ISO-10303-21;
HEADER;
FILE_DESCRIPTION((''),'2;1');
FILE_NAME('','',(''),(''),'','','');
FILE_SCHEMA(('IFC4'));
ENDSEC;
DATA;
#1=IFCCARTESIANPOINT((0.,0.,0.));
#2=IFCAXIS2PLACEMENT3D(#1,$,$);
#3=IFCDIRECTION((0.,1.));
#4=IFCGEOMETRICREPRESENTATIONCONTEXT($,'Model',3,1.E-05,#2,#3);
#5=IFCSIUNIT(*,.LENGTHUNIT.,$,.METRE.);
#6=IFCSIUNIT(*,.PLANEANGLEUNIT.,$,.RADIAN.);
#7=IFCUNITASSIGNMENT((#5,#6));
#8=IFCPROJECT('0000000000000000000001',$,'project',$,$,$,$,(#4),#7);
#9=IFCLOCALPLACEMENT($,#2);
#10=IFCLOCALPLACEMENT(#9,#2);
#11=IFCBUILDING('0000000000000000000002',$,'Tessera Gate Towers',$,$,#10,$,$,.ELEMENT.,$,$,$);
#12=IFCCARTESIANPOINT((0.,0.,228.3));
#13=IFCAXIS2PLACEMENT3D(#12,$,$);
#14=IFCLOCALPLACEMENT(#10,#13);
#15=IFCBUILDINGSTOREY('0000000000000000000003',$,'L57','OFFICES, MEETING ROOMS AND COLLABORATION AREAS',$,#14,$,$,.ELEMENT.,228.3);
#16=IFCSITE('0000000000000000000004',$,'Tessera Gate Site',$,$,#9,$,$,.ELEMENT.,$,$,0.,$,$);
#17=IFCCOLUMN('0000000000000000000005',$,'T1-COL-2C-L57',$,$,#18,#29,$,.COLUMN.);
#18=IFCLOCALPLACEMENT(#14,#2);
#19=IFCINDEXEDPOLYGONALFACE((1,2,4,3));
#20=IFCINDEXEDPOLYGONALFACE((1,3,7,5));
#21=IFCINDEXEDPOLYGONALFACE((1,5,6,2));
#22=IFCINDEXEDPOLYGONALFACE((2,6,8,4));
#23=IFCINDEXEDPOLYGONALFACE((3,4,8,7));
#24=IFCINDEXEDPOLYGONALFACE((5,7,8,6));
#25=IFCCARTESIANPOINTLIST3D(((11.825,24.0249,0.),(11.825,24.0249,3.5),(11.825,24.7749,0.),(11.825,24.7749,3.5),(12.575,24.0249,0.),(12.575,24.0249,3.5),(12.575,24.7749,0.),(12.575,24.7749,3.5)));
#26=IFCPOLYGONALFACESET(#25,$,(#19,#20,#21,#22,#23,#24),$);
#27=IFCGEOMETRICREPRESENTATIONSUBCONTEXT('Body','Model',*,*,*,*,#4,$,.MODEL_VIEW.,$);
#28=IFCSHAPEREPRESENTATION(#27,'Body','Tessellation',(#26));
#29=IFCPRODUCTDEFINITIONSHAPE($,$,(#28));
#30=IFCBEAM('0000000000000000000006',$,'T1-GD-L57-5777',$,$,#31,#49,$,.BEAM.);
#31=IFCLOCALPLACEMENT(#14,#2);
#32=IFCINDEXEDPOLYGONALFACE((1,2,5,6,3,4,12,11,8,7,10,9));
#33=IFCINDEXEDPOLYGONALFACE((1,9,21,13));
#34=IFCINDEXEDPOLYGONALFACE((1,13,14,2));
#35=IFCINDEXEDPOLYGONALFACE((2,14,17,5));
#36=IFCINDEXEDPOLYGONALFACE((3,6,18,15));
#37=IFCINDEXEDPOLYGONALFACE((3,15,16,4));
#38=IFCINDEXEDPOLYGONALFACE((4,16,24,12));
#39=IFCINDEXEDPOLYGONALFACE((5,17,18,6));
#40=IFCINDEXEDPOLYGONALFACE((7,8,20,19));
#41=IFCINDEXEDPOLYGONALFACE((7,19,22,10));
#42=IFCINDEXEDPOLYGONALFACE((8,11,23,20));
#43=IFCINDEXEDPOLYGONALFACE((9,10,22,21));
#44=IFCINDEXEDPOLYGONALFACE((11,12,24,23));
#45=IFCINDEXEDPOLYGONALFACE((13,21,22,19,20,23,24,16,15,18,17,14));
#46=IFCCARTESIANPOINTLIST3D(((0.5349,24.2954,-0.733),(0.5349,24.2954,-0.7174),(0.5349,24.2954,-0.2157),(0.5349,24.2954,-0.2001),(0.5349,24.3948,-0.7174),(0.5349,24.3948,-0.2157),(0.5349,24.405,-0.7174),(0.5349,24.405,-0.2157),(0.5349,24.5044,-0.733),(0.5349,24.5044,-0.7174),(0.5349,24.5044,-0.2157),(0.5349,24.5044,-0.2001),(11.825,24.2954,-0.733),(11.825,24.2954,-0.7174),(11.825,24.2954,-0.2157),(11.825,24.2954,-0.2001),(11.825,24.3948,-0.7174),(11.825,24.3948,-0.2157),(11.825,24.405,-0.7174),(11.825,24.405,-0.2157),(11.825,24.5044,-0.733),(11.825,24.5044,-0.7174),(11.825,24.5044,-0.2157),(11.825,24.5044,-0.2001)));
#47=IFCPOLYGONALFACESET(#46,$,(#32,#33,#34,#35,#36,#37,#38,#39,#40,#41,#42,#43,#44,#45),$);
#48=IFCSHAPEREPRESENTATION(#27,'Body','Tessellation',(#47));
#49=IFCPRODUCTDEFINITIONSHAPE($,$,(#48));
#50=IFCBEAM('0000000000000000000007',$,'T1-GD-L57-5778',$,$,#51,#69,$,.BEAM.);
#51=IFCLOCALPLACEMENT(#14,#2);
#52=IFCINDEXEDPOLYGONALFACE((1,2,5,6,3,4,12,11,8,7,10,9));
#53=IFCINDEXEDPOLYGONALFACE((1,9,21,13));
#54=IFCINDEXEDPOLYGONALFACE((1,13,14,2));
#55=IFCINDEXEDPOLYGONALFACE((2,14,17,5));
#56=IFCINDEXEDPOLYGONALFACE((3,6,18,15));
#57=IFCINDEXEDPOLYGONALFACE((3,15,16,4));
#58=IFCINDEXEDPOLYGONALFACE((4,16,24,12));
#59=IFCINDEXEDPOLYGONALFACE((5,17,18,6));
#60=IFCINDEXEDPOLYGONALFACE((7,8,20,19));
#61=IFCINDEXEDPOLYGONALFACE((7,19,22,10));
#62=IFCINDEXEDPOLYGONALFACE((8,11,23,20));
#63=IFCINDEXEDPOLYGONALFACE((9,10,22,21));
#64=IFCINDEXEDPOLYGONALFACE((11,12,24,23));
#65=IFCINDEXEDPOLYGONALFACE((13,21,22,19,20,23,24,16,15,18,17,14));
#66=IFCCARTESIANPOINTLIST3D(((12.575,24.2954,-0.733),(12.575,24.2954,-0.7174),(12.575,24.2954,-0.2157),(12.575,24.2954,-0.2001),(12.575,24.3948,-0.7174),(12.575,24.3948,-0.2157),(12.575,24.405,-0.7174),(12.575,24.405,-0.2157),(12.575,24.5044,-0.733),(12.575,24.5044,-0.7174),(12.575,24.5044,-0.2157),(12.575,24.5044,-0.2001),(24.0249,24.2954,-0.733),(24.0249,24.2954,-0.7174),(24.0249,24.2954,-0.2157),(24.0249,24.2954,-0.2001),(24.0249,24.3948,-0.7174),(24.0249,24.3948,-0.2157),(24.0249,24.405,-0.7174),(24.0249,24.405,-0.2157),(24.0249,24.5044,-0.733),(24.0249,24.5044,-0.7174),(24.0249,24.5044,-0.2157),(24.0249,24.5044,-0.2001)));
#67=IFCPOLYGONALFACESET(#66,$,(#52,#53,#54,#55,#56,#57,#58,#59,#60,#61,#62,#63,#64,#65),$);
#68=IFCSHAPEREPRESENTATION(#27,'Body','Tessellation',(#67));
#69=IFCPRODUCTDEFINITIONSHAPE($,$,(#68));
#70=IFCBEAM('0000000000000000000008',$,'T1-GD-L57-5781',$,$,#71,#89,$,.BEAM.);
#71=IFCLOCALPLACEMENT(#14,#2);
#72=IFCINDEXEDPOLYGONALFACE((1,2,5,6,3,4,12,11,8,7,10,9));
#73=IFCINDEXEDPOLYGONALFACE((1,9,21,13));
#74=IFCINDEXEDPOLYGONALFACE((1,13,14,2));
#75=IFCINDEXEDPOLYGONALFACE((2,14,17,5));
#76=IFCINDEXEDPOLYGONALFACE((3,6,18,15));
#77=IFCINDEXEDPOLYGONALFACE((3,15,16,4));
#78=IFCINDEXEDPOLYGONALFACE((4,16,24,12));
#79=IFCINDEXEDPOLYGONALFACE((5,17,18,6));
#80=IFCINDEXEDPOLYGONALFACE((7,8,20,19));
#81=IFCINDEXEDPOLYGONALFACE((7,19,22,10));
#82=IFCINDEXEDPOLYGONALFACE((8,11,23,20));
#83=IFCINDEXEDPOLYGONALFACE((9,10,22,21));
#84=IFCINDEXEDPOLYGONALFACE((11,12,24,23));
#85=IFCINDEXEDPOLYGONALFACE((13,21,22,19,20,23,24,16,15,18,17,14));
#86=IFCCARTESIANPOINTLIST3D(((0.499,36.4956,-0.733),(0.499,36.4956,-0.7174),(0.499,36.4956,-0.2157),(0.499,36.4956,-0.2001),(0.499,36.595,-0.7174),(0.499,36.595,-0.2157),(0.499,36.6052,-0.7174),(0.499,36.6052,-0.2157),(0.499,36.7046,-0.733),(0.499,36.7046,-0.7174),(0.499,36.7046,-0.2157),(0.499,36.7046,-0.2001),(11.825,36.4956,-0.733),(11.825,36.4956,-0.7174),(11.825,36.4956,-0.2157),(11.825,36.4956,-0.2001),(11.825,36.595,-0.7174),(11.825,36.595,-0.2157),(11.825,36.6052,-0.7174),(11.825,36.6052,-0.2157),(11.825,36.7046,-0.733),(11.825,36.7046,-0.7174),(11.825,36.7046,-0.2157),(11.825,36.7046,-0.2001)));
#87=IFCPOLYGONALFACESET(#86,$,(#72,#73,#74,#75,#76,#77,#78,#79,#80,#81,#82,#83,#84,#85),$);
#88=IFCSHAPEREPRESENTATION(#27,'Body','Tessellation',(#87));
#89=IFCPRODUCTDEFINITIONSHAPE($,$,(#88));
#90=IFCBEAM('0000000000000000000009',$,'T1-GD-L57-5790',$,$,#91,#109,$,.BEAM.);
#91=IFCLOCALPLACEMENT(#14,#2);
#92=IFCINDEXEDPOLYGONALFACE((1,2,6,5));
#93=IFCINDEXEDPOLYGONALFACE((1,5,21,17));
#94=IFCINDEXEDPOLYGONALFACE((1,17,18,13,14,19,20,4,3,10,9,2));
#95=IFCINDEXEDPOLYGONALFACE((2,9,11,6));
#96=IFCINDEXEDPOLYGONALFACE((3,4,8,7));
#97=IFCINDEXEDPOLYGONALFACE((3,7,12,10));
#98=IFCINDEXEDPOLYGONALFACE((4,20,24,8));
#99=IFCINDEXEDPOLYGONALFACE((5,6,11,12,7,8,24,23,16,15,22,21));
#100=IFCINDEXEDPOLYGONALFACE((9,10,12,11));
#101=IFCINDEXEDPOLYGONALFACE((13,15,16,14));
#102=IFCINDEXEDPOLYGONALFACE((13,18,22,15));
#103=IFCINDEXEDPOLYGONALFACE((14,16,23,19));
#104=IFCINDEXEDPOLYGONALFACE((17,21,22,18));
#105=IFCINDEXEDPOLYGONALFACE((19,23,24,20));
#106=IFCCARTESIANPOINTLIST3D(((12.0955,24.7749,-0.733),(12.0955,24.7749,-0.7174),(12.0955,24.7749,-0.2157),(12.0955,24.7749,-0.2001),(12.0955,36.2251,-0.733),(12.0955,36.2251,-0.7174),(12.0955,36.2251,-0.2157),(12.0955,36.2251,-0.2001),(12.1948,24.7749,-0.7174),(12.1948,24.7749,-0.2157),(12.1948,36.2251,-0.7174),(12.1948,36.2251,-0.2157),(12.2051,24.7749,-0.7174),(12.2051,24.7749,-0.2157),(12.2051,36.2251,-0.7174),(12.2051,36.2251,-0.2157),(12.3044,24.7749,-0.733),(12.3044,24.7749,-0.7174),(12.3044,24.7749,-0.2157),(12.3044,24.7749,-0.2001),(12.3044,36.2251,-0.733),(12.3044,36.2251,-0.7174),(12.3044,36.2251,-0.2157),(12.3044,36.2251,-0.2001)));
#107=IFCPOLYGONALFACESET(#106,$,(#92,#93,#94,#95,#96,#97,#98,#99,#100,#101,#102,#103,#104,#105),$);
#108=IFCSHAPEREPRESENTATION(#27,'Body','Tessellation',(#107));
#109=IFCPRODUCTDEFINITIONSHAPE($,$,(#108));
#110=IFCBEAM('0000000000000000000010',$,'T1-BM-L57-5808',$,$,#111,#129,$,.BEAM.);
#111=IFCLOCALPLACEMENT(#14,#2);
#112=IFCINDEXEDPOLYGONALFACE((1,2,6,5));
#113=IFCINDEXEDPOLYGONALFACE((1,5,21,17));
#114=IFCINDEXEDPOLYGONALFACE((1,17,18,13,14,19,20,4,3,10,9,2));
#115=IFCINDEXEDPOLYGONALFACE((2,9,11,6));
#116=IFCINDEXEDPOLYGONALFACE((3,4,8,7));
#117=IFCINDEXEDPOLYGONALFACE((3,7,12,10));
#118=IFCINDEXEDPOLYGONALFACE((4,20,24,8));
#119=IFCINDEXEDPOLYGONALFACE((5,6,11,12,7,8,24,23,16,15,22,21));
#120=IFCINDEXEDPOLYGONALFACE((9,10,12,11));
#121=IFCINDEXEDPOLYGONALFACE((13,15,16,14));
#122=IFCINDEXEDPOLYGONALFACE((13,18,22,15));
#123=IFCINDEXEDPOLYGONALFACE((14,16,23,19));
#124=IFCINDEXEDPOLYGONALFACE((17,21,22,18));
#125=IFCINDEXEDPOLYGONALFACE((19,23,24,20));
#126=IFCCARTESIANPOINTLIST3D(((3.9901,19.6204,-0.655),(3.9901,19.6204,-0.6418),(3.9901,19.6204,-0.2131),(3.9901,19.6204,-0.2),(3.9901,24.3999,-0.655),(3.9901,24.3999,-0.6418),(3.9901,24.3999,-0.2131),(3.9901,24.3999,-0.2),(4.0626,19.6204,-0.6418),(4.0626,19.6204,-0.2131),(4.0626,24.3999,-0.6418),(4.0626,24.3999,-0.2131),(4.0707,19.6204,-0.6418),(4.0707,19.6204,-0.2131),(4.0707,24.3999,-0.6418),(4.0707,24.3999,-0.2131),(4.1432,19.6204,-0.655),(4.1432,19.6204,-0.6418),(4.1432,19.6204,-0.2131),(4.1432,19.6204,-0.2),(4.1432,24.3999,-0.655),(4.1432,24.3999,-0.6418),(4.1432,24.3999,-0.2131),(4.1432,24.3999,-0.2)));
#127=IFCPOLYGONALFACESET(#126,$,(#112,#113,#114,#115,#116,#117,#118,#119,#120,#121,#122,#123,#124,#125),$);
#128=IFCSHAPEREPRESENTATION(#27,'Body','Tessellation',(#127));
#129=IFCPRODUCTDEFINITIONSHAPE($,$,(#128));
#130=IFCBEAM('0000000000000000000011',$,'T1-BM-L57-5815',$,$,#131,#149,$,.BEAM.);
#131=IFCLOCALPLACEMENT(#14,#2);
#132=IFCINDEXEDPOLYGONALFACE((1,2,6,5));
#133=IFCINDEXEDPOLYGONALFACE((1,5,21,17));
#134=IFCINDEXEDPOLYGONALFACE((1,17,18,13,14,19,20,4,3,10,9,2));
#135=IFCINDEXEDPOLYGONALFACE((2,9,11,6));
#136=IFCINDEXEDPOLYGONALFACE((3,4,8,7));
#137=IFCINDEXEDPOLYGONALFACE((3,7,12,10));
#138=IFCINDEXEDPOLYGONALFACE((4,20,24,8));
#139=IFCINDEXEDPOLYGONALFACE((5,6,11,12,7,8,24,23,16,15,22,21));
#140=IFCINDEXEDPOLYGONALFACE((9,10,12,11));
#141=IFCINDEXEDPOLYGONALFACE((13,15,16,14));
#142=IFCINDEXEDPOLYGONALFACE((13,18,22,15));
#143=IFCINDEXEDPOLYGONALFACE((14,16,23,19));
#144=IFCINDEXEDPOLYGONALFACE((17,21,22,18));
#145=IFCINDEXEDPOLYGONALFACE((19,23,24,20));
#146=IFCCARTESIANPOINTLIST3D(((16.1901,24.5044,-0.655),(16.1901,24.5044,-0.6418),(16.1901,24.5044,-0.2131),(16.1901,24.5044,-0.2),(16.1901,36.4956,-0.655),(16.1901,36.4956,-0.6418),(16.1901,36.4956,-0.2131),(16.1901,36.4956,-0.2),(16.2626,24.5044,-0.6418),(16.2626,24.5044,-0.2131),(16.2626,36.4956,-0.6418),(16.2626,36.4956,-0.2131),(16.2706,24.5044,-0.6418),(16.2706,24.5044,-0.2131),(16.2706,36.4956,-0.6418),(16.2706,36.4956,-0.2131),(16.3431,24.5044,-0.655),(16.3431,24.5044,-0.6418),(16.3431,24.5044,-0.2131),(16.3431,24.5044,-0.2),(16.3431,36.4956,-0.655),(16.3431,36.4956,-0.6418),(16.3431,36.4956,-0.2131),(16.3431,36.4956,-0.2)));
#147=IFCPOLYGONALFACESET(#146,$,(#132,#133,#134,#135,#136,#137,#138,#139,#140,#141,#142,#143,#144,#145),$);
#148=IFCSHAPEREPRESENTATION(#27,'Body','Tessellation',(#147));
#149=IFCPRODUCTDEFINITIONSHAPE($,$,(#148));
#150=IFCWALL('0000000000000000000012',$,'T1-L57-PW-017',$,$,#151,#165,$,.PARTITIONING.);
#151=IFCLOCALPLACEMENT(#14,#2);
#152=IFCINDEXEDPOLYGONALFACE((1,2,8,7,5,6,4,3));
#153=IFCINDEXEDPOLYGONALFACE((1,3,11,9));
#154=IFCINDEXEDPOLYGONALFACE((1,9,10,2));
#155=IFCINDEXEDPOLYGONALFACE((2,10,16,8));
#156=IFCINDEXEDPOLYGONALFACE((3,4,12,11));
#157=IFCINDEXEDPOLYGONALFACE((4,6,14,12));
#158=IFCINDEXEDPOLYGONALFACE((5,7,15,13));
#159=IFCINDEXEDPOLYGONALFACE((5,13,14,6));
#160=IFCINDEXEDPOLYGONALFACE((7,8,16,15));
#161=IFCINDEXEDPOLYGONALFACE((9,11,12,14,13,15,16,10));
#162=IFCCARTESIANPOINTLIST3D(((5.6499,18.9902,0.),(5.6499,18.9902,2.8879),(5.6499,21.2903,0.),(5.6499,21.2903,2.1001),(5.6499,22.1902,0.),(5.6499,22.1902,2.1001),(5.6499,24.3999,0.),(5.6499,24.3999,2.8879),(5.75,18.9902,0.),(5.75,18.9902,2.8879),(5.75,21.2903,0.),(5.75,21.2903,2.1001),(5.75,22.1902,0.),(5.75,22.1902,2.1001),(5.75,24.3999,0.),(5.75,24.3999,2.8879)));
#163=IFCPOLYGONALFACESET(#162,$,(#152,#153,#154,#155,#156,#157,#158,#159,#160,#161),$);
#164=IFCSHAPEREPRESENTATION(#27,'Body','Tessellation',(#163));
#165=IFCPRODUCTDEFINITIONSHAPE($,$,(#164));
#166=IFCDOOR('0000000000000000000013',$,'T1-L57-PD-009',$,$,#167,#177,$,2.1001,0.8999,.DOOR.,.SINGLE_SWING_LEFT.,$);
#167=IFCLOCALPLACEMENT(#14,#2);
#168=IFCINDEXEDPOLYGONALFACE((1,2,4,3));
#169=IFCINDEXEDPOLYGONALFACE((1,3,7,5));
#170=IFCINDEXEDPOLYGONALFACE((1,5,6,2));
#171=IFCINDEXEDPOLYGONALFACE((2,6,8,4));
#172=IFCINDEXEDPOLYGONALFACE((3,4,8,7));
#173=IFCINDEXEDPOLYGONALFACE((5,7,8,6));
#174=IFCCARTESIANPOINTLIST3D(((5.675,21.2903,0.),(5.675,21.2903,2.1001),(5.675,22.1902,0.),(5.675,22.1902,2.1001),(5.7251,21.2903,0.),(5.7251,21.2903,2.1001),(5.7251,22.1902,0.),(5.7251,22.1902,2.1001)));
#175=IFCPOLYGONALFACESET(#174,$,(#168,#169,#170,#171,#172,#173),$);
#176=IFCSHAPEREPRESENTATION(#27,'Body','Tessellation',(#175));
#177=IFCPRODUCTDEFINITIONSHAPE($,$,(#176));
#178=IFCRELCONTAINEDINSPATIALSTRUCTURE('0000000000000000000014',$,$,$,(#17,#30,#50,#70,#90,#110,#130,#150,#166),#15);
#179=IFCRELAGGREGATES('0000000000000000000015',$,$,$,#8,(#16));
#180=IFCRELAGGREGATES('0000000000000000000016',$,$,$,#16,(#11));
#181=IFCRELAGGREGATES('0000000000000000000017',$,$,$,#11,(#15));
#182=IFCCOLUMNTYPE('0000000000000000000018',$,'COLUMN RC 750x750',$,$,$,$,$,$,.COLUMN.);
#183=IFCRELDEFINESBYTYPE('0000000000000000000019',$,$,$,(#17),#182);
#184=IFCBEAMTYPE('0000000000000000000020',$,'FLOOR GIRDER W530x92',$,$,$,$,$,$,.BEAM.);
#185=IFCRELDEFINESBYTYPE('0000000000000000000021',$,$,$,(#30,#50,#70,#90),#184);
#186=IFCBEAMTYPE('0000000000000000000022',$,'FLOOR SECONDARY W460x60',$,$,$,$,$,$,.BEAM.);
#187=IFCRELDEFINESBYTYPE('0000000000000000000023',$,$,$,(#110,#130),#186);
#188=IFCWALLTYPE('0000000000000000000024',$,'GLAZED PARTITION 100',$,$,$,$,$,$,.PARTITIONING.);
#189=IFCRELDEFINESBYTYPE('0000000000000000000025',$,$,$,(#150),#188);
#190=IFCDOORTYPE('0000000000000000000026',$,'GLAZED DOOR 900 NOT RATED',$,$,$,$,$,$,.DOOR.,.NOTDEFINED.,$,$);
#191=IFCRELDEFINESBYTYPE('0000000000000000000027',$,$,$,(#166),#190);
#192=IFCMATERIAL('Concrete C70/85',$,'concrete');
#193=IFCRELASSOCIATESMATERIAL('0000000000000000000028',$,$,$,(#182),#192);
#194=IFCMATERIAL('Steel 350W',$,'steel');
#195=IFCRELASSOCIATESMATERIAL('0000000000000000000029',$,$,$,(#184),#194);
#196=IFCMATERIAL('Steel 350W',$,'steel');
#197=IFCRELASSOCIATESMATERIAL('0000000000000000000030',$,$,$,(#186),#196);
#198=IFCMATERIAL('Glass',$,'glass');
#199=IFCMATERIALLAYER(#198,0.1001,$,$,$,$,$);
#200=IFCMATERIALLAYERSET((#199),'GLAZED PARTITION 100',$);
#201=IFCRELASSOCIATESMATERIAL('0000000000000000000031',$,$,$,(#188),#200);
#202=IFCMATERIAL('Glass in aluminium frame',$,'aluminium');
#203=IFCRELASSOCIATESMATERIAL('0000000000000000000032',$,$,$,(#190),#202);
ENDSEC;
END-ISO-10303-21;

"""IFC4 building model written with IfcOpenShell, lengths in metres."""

from ifc_helpers import new_model, si_unit, direction, frame, frame_2d, origin, origin_2d, place, context, subcontext, project, spatial, rectangle, i_section, extrude, source, transform, mapped, material, layer, layer_set, material_profile, profile_set, type_object, element, fill, save


model = new_model("IFC4")

# Units and contexts
model_context = context("Model", 3, precision=1e-05, world=origin(), true_north=direction((0.0, 1.0)))
body_context = subcontext(model_context, "Body", "Model", "MODEL_VIEW")
ifc_project = project(units=[si_unit("LENGTHUNIT", "METRE"), si_unit("PLANEANGLEUNIT", "RADIAN")], contexts=[model_context])

# Site, building, storey
site_placement = place(None, origin())
site = spatial("IfcSite", under=ifc_project, at=site_placement, Name="Tessera Gate Site", CompositionType="ELEMENT", RefElevation=0.0)
building_placement = place(site_placement, origin())
building = spatial("IfcBuilding", under=site, at=building_placement, Name="Tessera Gate Towers", CompositionType="ELEMENT")
storey_placement = place(building_placement, frame((0.0, 0.0, 228.3)))
storey = spatial("IfcBuildingStorey", under=building, at=storey_placement, Name="L57", Description="OFFICES, MEETING ROOMS AND COLLABORATION AREAS", CompositionType="ELEMENT", Elevation=228.3)

# Column
ifc_material_1 = material(Name="Concrete C70/85", Category="concrete")
ifc_material_profile_1 = material_profile(ifc_material_1, rectangle(XDim=0.75, YDim=0.75, at=origin_2d()), Name="RC 750x750")
ifc_profile_set_1 = profile_set([ifc_material_profile_1], Name="Concrete C70/85")
column_type = type_object("IfcColumnType", Name="COLUMN RC 750x750", PredefinedType="COLUMN", material=ifc_profile_set_1)
column_placement = place(storey_placement, frame((12.2, 24.3999, 0.0), z_axis=(0.0, 0.0, 1.0), x_axis=(1.0, 0.0, 0.0)))
element("IfcColumn", 1, at=column_placement, inside=storey, type_object=column_type, Name="T1-COL-2C-L57", PredefinedType="COLUMN", context=body_context, shape_type="SweptSolid", body=[
    extrude(rectangle(XDim=0.75, YDim=0.75, at=origin_2d()), origin(), (0.0, 0.0, 1.0), 3.5),
])

# Beams
ifc_material_2 = material(Name="Steel 350W", Category="steel")
ifc_material_profile_2 = material_profile(ifc_material_2, i_section(OverallWidth=0.209, OverallDepth=0.533, WebThickness=0.0103, FlangeThickness=0.0156, at=origin_2d()), Name="W530x92")
ifc_profile_set_2 = profile_set([ifc_material_profile_2], Name="Steel 350W")
beam_type_1 = type_object("IfcBeamType", Name="FLOOR GIRDER W530x92", PredefinedType="BEAM", material=ifc_profile_set_2)
beam_1_placement = place(storey_placement, frame((0.5349, 24.3999, -0.4666), z_axis=(1.0, 0.0, 0.0), x_axis=(0.0, 1.0, 0.0)))
element("IfcBeam", 2, at=beam_1_placement, inside=storey, type_object=beam_type_1, Name="T1-GD-L57-5777", PredefinedType="BEAM", context=body_context, shape_type="SweptSolid", body=[
    extrude(i_section(OverallWidth=0.209, OverallDepth=0.533, WebThickness=0.0103, FlangeThickness=0.0156, at=origin_2d()), origin(), (0.0, 0.0, 1.0), 11.29),
])
beam_2_placement = place(storey_placement, frame((12.575, 24.3999, -0.4666), z_axis=(1.0, 0.0, 0.0), x_axis=(0.0, 1.0, 0.0)))
element("IfcBeam", 3, at=beam_2_placement, inside=storey, type_object=beam_type_1, Name="T1-GD-L57-5778", PredefinedType="BEAM", context=body_context, shape_type="SweptSolid", body=[
    extrude(i_section(OverallWidth=0.209, OverallDepth=0.533, WebThickness=0.0103, FlangeThickness=0.0156, at=origin_2d()), origin(), (0.0, 0.0, 1.0), 11.45),
])
beam_3_placement = place(storey_placement, frame((0.499, 36.6001, -0.4666), z_axis=(1.0, 0.0, 0.0), x_axis=(0.0, 1.0, 0.0)))
element("IfcBeam", 4, at=beam_3_placement, inside=storey, type_object=beam_type_1, Name="T1-GD-L57-5781", PredefinedType="BEAM", context=body_context, shape_type="SweptSolid", body=[
    extrude(i_section(OverallWidth=0.209, OverallDepth=0.533, WebThickness=0.0103, FlangeThickness=0.0156, at=origin_2d()), origin(), (0.0, 0.0, 1.0), 11.3259),
])
beam_4_placement = place(storey_placement, frame((12.2, 24.7749, -0.4666), z_axis=(0.0, 1.0, 0.0), x_axis=(-1.0, 0.0, 0.0)))
element("IfcBeam", 5, at=beam_4_placement, inside=storey, type_object=beam_type_1, Name="T1-GD-L57-5790", PredefinedType="BEAM", context=body_context, shape_type="SweptSolid", body=[
    extrude(i_section(OverallWidth=0.209, OverallDepth=0.533, WebThickness=0.0103, FlangeThickness=0.0156, at=origin_2d()), origin(), (0.0, 0.0, 1.0), 11.4502),
])
ifc_material_3 = material(Name="Steel 350W", Category="steel")
ifc_material_profile_3 = material_profile(ifc_material_3, i_section(OverallWidth=0.1531, OverallDepth=0.4551, WebThickness=0.0081, FlangeThickness=0.0132, at=origin_2d()), Name="W460x60")
ifc_profile_set_3 = profile_set([ifc_material_profile_3], Name="Steel 350W")
beam_type_2 = type_object("IfcBeamType", Name="FLOOR SECONDARY W460x60", PredefinedType="BEAM", material=ifc_profile_set_3)
beam_5_placement = place(storey_placement, frame((4.0667, 19.6204, -0.4275), z_axis=(0.0, 1.0, 0.0), x_axis=(-1.0, 0.0, 0.0)))
element("IfcBeam", 6, at=beam_5_placement, inside=storey, type_object=beam_type_2, Name="T1-BM-L57-5808", PredefinedType="BEAM", context=body_context, shape_type="SweptSolid", body=[
    extrude(i_section(OverallWidth=0.1531, OverallDepth=0.4551, WebThickness=0.0081, FlangeThickness=0.0132, at=origin_2d()), origin(), (0.0, 0.0, 1.0), 4.7795),
])
beam_6_placement = place(storey_placement, frame((16.2666, 24.5044, -0.4275), z_axis=(0.0, 1.0, 0.0), x_axis=(-1.0, 0.0, 0.0)))
element("IfcBeam", 7, at=beam_6_placement, inside=storey, type_object=beam_type_2, Name="T1-BM-L57-5815", PredefinedType="BEAM", context=body_context, shape_type="SweptSolid", body=[
    extrude(i_section(OverallWidth=0.1531, OverallDepth=0.4551, WebThickness=0.0081, FlangeThickness=0.0132, at=origin_2d()), origin(), (0.0, 0.0, 1.0), 11.9912),
])

# Wall, opening, door
ifc_material_4 = material(Name="Glass", Category="glass")
ifc_layer_1 = layer(ifc_material_4, 0.1001)
ifc_layer_set_1 = layer_set([ifc_layer_1], Name="GLAZED PARTITION 100")
wall_type_1 = type_object("IfcWallType", Name="GLAZED PARTITION 100", PredefinedType="PARTITIONING", material=ifc_layer_set_1)
wall_1_placement = place(storey_placement, frame((5.7, 18.9902, 0.0), z_axis=(0.0, 0.0, 1.0), x_axis=(0.0, 1.0, 0.0)))
wall_1 = element("IfcWall", 8, at=wall_1_placement, inside=storey, type_object=wall_type_1, Name="T1-L57-PW-017", PredefinedType="PARTITIONING", context=body_context, shape_type="SweptSolid", body=[
    extrude(rectangle(XDim=5.4097, YDim=0.1001, at=frame_2d((2.7048, 0.0))), origin(), (0.0, 0.0, 1.0), 2.8879),
])
shared_shape_1 = source(origin(), body_context, "Body", "SweptSolid", [
    extrude(rectangle(XDim=0.8999, YDim=2.1001, at=frame_2d((0.45, 1.05))), frame((0.0, 0.0601, 0.0), z_axis=(0.0, -1.0, 0.0), x_axis=(1.0, 0.0, 0.0)), (0.0, 0.0, 1.0), 0.1201),
])
opening_1_placement = place(wall_1_placement, frame((2.3, 0.0, 0.0)))
opening_1 = element("IfcOpeningElement", 9, at=opening_1_placement, cuts=wall_1, PredefinedType="OPENING", context=body_context, shape_type="MappedRepresentation", body=[
    mapped(shared_shape_1, transform((0.0, 0.0, 0.0), scale=1.0)),
])
ifc_material_5 = material(Name="Glass in aluminium frame", Category="aluminium")
door_type = type_object("IfcDoorType", Name="GLAZED DOOR 900 NOT RATED", OperationType="NOTDEFINED", PredefinedType="DOOR", material=ifc_material_5)
shared_shape_2 = source(origin(), body_context, "Body", "SweptSolid", [
    extrude(rectangle(XDim=0.8999, YDim=2.1001, at=frame_2d((0.45, 1.05))), frame((0.0, 0.0249, 0.0), z_axis=(0.0, -1.0, 0.0), x_axis=(1.0, 0.0, 0.0)), (0.0, 0.0, 1.0), 0.05),
])
door_1_placement = place(opening_1_placement, origin())
door_1 = element("IfcDoor", 10, at=door_1_placement, inside=storey, type_object=door_type, Name="T1-L57-PD-009", OperationType="SINGLE_SWING_LEFT", OverallHeight=2.1001, OverallWidth=0.8999, PredefinedType="DOOR", context=body_context, shape_type="MappedRepresentation", body=[
    mapped(shared_shape_2, transform((0.0, 0.0, 0.0), scale=1.0)),
])
fill(opening_1, door_1)

save(model, "model.ifc")
